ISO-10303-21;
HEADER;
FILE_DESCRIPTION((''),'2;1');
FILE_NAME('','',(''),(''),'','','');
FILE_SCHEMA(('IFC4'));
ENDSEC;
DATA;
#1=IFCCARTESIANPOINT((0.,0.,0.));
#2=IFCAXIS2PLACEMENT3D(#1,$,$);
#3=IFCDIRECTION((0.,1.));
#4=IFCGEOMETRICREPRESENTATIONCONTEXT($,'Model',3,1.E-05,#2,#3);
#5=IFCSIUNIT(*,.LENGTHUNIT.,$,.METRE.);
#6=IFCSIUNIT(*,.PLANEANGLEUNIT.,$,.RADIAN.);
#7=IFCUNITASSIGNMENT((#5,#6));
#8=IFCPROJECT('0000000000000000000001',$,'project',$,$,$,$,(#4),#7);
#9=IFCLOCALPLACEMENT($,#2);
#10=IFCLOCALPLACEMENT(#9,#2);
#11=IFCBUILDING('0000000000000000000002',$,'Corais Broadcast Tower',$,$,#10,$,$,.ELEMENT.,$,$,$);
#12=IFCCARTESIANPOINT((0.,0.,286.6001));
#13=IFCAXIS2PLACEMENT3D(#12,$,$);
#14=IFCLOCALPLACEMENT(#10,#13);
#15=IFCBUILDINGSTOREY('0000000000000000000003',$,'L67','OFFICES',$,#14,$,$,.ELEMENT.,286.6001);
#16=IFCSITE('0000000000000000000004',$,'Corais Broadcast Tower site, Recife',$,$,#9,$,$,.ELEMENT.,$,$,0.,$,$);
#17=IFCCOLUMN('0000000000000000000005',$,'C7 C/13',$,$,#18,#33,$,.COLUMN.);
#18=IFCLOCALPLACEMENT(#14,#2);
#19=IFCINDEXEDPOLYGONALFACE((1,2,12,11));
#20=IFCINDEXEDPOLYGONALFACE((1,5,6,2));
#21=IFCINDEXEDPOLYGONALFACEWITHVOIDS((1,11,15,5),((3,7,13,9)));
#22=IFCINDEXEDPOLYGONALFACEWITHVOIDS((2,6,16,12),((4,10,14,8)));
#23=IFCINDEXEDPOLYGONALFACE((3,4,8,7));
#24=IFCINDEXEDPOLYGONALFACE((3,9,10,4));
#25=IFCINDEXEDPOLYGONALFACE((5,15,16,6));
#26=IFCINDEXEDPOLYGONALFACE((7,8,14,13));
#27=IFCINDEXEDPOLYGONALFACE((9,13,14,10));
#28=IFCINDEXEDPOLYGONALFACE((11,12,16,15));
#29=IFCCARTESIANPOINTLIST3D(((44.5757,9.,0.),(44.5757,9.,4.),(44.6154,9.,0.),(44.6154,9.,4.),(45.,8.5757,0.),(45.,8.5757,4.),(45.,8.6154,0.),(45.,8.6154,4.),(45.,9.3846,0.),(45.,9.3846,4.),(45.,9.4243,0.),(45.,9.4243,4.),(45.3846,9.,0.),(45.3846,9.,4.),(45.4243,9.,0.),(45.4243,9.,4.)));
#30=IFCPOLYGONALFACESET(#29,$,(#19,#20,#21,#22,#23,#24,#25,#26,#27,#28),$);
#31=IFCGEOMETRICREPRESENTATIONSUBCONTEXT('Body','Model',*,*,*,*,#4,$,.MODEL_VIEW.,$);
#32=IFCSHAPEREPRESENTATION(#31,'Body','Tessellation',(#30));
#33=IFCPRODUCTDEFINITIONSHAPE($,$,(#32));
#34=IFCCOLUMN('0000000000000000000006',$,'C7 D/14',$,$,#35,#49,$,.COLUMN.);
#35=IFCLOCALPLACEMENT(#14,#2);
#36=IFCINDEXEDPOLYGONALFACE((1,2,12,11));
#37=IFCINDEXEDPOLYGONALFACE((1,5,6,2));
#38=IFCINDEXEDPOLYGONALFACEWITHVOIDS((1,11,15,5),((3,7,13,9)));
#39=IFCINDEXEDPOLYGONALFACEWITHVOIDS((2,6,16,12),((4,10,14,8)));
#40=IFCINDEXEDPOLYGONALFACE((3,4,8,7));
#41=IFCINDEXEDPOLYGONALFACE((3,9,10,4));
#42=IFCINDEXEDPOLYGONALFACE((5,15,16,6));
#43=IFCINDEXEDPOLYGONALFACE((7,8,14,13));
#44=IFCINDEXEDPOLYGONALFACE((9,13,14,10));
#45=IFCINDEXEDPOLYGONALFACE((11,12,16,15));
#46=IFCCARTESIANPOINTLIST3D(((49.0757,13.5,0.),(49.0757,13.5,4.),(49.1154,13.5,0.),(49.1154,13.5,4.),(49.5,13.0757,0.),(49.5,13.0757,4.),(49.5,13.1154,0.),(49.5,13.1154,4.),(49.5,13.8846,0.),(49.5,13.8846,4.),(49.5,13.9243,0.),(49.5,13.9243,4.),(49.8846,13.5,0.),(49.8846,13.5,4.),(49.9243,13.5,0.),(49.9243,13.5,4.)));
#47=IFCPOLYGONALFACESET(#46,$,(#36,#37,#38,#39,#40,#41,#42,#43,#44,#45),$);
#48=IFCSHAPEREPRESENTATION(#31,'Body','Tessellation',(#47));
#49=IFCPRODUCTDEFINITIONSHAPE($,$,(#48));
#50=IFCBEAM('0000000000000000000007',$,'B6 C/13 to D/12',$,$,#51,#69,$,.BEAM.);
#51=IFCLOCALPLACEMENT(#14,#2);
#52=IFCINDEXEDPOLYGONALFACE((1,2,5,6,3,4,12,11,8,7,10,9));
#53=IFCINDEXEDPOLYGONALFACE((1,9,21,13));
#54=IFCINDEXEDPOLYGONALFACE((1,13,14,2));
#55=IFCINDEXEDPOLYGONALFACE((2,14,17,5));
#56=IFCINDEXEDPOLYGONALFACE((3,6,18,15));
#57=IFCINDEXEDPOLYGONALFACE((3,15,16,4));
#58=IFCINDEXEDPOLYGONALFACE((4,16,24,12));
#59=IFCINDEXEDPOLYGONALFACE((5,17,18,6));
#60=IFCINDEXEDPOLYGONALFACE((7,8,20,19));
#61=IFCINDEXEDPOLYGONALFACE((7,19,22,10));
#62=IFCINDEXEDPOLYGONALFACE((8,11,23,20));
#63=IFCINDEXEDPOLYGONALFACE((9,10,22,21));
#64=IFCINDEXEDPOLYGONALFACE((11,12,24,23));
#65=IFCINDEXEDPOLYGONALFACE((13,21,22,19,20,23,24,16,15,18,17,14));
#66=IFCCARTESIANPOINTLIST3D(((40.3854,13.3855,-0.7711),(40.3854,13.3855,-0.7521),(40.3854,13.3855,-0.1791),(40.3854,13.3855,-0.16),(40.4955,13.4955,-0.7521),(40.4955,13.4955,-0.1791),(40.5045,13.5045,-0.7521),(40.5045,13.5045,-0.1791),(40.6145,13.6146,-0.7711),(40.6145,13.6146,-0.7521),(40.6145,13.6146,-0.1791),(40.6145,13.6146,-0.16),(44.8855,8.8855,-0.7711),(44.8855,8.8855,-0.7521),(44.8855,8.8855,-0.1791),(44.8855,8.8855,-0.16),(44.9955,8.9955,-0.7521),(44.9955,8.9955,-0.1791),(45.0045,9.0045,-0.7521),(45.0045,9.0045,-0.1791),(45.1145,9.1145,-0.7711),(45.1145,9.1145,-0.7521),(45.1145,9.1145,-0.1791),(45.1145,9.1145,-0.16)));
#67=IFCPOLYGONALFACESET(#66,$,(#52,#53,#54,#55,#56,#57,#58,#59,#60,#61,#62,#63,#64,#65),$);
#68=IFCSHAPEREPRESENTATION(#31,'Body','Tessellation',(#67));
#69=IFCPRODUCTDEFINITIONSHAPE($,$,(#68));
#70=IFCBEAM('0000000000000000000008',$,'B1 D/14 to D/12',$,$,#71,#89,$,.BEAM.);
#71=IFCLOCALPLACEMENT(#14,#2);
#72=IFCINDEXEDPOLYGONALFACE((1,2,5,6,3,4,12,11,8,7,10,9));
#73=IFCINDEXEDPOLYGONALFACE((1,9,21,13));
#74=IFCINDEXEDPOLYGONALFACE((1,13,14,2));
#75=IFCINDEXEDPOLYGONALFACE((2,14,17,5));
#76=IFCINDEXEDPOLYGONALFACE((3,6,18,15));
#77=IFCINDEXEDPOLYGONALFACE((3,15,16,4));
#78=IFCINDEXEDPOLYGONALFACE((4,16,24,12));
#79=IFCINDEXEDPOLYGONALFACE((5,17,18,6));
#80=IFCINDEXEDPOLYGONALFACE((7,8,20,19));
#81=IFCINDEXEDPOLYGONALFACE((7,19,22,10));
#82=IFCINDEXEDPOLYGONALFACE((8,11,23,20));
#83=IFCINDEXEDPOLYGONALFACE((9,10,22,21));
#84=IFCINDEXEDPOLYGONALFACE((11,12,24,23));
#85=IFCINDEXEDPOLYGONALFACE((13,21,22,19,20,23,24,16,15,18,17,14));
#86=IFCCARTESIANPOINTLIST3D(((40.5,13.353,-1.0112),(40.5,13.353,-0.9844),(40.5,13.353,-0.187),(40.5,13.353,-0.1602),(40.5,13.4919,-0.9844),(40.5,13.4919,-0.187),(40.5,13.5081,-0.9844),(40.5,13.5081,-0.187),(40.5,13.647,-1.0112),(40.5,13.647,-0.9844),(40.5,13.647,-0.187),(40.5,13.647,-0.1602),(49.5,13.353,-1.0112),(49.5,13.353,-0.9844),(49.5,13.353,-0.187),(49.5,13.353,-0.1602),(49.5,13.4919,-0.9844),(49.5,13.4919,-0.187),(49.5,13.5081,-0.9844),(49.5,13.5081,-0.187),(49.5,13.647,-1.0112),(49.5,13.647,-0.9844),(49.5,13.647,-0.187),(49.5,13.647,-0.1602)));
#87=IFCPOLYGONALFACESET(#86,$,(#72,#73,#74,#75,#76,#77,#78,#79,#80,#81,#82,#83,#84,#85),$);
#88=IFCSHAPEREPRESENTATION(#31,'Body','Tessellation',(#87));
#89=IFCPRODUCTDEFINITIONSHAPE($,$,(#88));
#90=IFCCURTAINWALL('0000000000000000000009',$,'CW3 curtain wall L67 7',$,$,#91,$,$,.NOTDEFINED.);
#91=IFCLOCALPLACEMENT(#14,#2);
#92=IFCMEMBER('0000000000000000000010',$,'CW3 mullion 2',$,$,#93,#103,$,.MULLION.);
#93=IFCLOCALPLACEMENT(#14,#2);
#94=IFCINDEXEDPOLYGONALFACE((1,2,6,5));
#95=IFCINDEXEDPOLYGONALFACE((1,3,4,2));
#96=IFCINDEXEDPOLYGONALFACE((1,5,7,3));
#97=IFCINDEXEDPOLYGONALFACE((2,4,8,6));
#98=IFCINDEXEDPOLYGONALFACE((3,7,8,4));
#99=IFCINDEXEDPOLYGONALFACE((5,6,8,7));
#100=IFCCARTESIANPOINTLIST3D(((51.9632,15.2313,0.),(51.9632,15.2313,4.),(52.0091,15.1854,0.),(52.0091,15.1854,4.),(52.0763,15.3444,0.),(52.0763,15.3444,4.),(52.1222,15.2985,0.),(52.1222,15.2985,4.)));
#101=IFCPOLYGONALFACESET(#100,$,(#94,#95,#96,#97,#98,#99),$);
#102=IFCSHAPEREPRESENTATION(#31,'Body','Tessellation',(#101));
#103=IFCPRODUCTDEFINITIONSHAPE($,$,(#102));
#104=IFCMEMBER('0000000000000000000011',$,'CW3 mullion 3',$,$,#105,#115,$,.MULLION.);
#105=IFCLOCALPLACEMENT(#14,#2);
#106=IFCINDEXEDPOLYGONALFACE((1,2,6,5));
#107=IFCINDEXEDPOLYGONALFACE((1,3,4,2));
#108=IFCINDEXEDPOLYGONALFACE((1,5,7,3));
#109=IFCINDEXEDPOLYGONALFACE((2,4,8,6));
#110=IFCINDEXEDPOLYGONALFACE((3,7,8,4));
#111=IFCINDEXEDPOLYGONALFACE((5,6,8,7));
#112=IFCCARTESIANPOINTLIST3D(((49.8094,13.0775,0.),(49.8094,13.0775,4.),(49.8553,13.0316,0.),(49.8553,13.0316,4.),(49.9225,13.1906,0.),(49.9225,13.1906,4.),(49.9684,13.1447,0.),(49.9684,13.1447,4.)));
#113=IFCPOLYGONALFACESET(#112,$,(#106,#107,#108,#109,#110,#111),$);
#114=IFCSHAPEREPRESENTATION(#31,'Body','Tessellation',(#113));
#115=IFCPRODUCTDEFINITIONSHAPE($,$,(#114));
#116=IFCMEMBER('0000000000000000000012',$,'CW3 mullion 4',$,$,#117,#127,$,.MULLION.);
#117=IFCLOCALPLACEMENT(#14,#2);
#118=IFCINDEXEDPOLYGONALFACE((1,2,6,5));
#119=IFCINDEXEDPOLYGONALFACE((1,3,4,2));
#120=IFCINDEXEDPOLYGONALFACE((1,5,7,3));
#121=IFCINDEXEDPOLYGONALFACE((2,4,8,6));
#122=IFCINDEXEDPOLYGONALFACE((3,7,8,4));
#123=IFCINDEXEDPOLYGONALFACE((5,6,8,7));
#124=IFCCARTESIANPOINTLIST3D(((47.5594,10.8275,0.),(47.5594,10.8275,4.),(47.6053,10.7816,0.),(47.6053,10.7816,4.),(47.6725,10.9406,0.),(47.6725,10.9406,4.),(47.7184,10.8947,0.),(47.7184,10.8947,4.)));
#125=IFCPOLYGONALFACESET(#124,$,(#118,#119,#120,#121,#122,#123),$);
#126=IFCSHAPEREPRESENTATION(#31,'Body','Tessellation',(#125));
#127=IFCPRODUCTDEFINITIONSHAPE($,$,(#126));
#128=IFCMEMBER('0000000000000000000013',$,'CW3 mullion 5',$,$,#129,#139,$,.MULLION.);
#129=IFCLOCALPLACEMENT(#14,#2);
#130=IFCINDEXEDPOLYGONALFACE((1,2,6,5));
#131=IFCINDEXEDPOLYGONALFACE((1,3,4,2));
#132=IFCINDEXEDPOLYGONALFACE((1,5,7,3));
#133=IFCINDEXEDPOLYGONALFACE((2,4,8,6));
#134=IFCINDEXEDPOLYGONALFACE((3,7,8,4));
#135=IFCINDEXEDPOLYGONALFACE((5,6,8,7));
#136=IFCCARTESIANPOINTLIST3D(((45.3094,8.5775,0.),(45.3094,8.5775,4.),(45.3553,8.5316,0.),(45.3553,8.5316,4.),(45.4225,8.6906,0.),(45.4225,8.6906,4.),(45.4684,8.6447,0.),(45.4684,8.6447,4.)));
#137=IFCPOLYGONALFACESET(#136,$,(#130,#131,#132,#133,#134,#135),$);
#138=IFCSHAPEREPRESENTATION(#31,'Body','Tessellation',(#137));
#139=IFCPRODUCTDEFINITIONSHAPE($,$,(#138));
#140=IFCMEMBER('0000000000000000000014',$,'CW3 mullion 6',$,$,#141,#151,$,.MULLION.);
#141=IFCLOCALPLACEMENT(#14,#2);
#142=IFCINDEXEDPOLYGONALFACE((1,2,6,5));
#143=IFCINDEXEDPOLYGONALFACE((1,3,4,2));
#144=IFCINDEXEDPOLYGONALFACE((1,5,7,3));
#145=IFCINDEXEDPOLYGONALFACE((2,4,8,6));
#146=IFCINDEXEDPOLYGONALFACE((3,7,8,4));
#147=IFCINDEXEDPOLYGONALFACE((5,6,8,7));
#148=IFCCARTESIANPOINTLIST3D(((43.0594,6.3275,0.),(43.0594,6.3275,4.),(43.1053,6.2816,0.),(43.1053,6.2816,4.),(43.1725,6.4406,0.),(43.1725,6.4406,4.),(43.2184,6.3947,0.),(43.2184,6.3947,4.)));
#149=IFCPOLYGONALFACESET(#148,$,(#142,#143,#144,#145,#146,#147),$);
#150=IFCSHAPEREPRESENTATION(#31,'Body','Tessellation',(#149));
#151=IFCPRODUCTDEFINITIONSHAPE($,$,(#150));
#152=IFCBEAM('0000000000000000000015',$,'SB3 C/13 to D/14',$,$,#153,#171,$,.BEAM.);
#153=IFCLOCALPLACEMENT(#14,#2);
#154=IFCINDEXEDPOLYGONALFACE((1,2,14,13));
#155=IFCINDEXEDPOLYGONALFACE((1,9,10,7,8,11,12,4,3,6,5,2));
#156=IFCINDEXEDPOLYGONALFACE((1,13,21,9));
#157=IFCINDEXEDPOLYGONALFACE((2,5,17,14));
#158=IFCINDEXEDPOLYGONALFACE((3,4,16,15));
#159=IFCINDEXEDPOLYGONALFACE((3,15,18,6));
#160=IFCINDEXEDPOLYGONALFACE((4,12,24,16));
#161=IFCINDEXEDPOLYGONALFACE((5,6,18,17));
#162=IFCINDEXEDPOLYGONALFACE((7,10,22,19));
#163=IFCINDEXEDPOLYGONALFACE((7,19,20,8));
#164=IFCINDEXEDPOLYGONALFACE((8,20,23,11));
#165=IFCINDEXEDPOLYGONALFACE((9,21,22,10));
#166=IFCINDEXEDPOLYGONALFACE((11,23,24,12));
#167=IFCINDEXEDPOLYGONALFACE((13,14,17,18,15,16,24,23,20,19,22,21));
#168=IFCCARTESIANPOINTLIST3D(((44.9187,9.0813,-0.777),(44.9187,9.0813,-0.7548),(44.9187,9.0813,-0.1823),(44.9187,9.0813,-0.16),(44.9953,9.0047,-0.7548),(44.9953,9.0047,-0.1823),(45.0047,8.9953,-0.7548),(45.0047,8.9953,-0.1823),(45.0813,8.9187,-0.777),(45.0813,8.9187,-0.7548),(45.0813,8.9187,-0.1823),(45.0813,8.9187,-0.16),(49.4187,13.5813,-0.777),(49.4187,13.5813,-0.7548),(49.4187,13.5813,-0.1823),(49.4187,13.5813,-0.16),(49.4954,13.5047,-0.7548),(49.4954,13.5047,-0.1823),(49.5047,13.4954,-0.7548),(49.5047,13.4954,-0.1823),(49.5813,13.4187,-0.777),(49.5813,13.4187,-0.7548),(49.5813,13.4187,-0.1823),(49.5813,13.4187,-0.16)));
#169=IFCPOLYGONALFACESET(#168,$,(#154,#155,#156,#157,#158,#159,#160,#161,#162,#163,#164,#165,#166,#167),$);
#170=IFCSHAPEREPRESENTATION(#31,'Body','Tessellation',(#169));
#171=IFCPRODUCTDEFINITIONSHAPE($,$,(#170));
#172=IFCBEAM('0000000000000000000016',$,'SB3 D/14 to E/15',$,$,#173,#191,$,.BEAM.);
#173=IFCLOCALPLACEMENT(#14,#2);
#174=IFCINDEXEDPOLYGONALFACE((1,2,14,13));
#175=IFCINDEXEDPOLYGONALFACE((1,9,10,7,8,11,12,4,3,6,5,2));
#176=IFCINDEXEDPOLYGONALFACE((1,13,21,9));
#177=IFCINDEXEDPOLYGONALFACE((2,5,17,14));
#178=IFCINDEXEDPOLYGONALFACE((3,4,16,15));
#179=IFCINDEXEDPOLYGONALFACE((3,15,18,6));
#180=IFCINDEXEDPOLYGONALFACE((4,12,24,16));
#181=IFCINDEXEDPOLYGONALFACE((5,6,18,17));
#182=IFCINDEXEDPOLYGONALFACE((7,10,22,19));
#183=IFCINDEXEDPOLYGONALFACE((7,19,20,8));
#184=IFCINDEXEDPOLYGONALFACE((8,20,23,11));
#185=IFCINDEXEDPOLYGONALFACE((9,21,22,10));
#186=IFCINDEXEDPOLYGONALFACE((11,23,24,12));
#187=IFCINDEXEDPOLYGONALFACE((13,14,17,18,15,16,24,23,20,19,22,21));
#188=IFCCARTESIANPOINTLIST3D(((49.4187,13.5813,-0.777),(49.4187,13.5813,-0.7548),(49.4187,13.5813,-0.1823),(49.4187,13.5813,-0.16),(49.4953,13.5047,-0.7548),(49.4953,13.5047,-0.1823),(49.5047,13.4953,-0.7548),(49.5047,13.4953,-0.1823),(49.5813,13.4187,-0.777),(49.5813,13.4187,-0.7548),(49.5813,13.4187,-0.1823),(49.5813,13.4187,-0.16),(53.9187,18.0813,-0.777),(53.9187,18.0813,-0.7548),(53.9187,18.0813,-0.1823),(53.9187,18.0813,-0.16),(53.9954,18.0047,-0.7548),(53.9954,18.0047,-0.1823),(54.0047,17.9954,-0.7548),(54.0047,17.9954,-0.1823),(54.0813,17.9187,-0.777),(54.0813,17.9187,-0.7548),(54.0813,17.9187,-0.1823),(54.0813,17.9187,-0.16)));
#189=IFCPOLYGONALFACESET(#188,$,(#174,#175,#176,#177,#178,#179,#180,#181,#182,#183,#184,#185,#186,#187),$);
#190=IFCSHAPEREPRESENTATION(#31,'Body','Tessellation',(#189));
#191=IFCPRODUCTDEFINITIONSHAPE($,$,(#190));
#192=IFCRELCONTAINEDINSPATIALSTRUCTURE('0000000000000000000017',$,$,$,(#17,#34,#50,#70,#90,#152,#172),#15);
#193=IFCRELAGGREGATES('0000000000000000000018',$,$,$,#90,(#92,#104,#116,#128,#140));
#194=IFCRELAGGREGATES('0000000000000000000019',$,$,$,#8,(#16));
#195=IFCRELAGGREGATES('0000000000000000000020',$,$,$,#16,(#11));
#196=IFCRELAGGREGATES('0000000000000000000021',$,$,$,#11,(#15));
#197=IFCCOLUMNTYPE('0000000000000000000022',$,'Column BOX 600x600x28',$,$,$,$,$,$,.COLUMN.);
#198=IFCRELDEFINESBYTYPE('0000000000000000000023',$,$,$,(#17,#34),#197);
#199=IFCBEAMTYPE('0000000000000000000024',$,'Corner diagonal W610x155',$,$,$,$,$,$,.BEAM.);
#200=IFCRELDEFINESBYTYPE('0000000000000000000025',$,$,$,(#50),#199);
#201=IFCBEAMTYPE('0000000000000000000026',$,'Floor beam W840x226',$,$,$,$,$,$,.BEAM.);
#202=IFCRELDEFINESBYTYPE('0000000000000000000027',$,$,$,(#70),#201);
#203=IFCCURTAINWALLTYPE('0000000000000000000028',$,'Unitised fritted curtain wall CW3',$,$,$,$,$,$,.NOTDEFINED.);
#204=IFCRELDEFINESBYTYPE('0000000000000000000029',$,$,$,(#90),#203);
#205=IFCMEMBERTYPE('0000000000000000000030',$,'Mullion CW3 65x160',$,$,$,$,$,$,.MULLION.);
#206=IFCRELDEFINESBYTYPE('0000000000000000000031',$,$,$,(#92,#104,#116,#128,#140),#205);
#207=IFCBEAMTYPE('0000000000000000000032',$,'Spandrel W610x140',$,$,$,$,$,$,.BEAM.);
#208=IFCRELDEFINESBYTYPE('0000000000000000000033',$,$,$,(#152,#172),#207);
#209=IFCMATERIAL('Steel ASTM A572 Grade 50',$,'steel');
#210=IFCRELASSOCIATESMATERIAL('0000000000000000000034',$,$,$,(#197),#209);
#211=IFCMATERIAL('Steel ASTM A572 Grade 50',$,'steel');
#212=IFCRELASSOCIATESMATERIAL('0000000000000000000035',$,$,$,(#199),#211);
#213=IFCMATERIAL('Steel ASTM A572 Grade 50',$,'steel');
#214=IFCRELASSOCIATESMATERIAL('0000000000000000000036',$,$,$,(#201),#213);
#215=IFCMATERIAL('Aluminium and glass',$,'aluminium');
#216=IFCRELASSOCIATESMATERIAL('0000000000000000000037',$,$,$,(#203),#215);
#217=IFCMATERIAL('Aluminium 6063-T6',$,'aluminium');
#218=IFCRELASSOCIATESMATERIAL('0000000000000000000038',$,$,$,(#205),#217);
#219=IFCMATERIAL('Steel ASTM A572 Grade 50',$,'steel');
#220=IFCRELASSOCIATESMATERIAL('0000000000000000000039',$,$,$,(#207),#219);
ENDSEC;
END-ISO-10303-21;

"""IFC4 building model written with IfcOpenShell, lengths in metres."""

from ifc_helpers import new_model, si_unit, direction, frame, origin, origin_2d, place, context, subcontext, project, spatial, rectangle, hollow_rectangle, i_section, extrude, material, material_profile, profile_set, type_object, element, aggregate, save


model = new_model("IFC4")

# Units and contexts
model_context = context("Model", 3, precision=1e-05, world=origin(), true_north=direction((0.0, 1.0)))
body_context = subcontext(model_context, "Body", "Model", "MODEL_VIEW")
ifc_project = project(units=[si_unit("LENGTHUNIT", "METRE"), si_unit("PLANEANGLEUNIT", "RADIAN")], contexts=[model_context])

# Site, building, storey
site_placement = place(None, origin())
site = spatial("IfcSite", under=ifc_project, at=site_placement, Name="Corais Broadcast Tower site, Recife", CompositionType="ELEMENT", RefElevation=0.0)
building_placement = place(site_placement, origin())
building = spatial("IfcBuilding", under=site, at=building_placement, Name="Corais Broadcast Tower", CompositionType="ELEMENT")
storey_placement = place(building_placement, frame((0.0, 0.0, 286.6001)))
storey = spatial("IfcBuildingStorey", under=building, at=storey_placement, Name="L67", Description="OFFICES", CompositionType="ELEMENT", Elevation=286.6001)

# Columns
ifc_material_1 = material(Name="Steel ASTM A572 Grade 50", Category="steel")
ifc_material_profile_1 = material_profile(ifc_material_1, hollow_rectangle(XDim=0.6001, YDim=0.6001, WallThickness=0.0281, at=origin_2d()), Name="BOX 600x600x28")
ifc_profile_set_1 = profile_set([ifc_material_profile_1], Name="Steel ASTM A572 Grade 50")
column_type = type_object("IfcColumnType", Name="Column BOX 600x600x28", PredefinedType="COLUMN", material=ifc_profile_set_1)
for number, where, z_axis, x_axis, name in (
    (1, (45.0, 9.0, 0.0), (0.0, 0.0, 1.0), (0.707107, 0.707107, 0.0), "C7 C/13"),
    (2, (49.5, 13.5, 0.0), (0.0, 0.0, 1.0), (0.707107, 0.707107, 0.0), "C7 D/14"),
):
    element("IfcColumn", number, at=place(storey_placement, frame(where, z_axis=z_axis, x_axis=x_axis)), inside=storey, type_object=column_type, Name=name, PredefinedType="COLUMN", context=body_context, shape_type="SweptSolid", body=[
        extrude(hollow_rectangle(XDim=0.6001, YDim=0.6001, WallThickness=0.0281, at=origin_2d()), origin(), (0.0, 0.0, 1.0), 4.0),
    ])

# Beams
ifc_material_2 = material(Name="Steel ASTM A572 Grade 50", Category="steel")
ifc_material_profile_2 = material_profile(ifc_material_2, i_section(OverallWidth=0.324, OverallDepth=0.6111, WebThickness=0.0127, FlangeThickness=0.019, at=origin_2d()), Name="W610x155")
ifc_profile_set_2 = profile_set([ifc_material_profile_2], Name="Steel ASTM A572 Grade 50")
beam_type_1 = type_object("IfcBeamType", Name="Corner diagonal W610x155", PredefinedType="BEAM", material=ifc_profile_set_2)
beam_1_placement = place(storey_placement, frame((45.0, 9.0, -0.4656), z_axis=(-0.707107, 0.707107, 0.0), x_axis=(-0.707107, -0.707107, 0.0)))
element("IfcBeam", 3, at=beam_1_placement, inside=storey, type_object=beam_type_1, Name="B6 C/13 to D/12", PredefinedType="BEAM", context=body_context, shape_type="SweptSolid", body=[
    extrude(i_section(OverallWidth=0.324, OverallDepth=0.6111, WebThickness=0.0127, FlangeThickness=0.019, at=origin_2d()), origin(), (0.0, 0.0, 1.0), 6.364),
])
ifc_material_3 = material(Name="Steel ASTM A572 Grade 50", Category="steel")
ifc_material_profile_3 = material_profile(ifc_material_3, i_section(OverallWidth=0.2939, OverallDepth=0.8511, WebThickness=0.0161, FlangeThickness=0.0269, at=origin_2d()), Name="W840x226")
ifc_profile_set_3 = profile_set([ifc_material_profile_3], Name="Steel ASTM A572 Grade 50")
beam_type_2 = type_object("IfcBeamType", Name="Floor beam W840x226", PredefinedType="BEAM", material=ifc_profile_set_3)
beam_2_placement = place(storey_placement, frame((49.5, 13.5, -0.5857), z_axis=(-1.0, 0.0, 0.0), x_axis=(0.0, -1.0, 0.0)))
element("IfcBeam", 4, at=beam_2_placement, inside=storey, type_object=beam_type_2, Name="B1 D/14 to D/12", PredefinedType="BEAM", context=body_context, shape_type="SweptSolid", body=[
    extrude(i_section(OverallWidth=0.2939, OverallDepth=0.8511, WebThickness=0.0161, FlangeThickness=0.0269, at=origin_2d()), origin(), (0.0, 0.0, 1.0), 9.0),
])

# Curtain wall, members
ifc_material_4 = material(Name="Aluminium and glass", Category="aluminium")
curtain_wall_type = type_object("IfcCurtainWallType", Name="Unitised fritted curtain wall CW3", PredefinedType="NOTDEFINED", material=ifc_material_4)
curtain_wall_placement = place(storey_placement, origin())
curtain_wall = element("IfcCurtainWall", 5, at=curtain_wall_placement, inside=storey, type_object=curtain_wall_type, Name="CW3 curtain wall L67 7", PredefinedType="NOTDEFINED")
ifc_material_5 = material(Name="Aluminium 6063-T6", Category="aluminium")
ifc_material_profile_4 = material_profile(ifc_material_5, rectangle(XDim=0.0649, YDim=0.1599, at=origin_2d()), Name="Mullion CW3 65x160")
ifc_profile_set_4 = profile_set([ifc_material_profile_4], Name="Aluminium 6063-T6")
member_type_1 = type_object("IfcMemberType", Name="Mullion CW3 65x160", PredefinedType="MULLION", material=ifc_profile_set_4)
member_1_placement = place(storey_placement, frame((52.0427, 15.2649, 0.0), z_axis=(0.0, 0.0, 1.0), x_axis=(0.707107, -0.707107, 0.0)))
member_1 = element("IfcMember", 6, at=member_1_placement, type_object=member_type_1, Name="CW3 mullion 2", PredefinedType="MULLION", context=body_context, shape_type="SweptSolid", body=[
    extrude(rectangle(XDim=0.0649, YDim=0.1599, at=origin_2d()), origin(), (0.0, 0.0, 1.0), 4.0),
])
member_2_placement = place(storey_placement, frame((49.8889, 13.1111, 0.0), z_axis=(0.0, 0.0, 1.0), x_axis=(0.707107, -0.707107, 0.0)))
member_2 = element("IfcMember", 7, at=member_2_placement, type_object=member_type_1, Name="CW3 mullion 3", PredefinedType="MULLION", context=body_context, shape_type="SweptSolid", body=[
    extrude(rectangle(XDim=0.0649, YDim=0.1599, at=origin_2d()), origin(), (0.0, 0.0, 1.0), 4.0),
])
member_3_placement = place(storey_placement, frame((47.6389, 10.8611, 0.0), z_axis=(0.0, 0.0, 1.0), x_axis=(0.707107, -0.707107, 0.0)))
member_3 = element("IfcMember", 8, at=member_3_placement, type_object=member_type_1, Name="CW3 mullion 4", PredefinedType="MULLION", context=body_context, shape_type="SweptSolid", body=[
    extrude(rectangle(XDim=0.0649, YDim=0.1599, at=origin_2d()), origin(), (0.0, 0.0, 1.0), 4.0),
])
member_4_placement = place(storey_placement, frame((45.3889, 8.6111, 0.0), z_axis=(0.0, 0.0, 1.0), x_axis=(0.707107, -0.707107, 0.0)))
member_4 = element("IfcMember", 9, at=member_4_placement, type_object=member_type_1, Name="CW3 mullion 5", PredefinedType="MULLION", context=body_context, shape_type="SweptSolid", body=[
    extrude(rectangle(XDim=0.0649, YDim=0.1599, at=origin_2d()), origin(), (0.0, 0.0, 1.0), 4.0),
])
member_5_placement = place(storey_placement, frame((43.1389, 6.3611, 0.0), z_axis=(0.0, 0.0, 1.0), x_axis=(0.707107, -0.707107, 0.0)))
member_5 = element("IfcMember", 10, at=member_5_placement, type_object=member_type_1, Name="CW3 mullion 6", PredefinedType="MULLION", context=body_context, shape_type="SweptSolid", body=[
    extrude(rectangle(XDim=0.0649, YDim=0.1599, at=origin_2d()), origin(), (0.0, 0.0, 1.0), 4.0),
])

# Beams
ifc_material_6 = material(Name="Steel ASTM A572 Grade 50", Category="steel")
ifc_material_profile_5 = material_profile(ifc_material_6, i_section(OverallWidth=0.23, OverallDepth=0.6169, WebThickness=0.0132, FlangeThickness=0.0222, at=origin_2d()), Name="W610x140")
ifc_profile_set_5 = profile_set([ifc_material_profile_5], Name="Steel ASTM A572 Grade 50")
beam_type_3 = type_object("IfcBeamType", Name="Spandrel W610x140", PredefinedType="BEAM", material=ifc_profile_set_5)
for number, where, z_axis, x_axis, name in (
    (11, (45.0, 9.0, -0.4685), (0.707107, 0.707107, 0.0), (-0.707107, 0.707107, 0.0), "SB3 C/13 to D/14"),
    (12, (49.5, 13.5, -0.4685), (0.707107, 0.707107, 0.0), (-0.707107, 0.707107, 0.0), "SB3 D/14 to E/15"),
):
    element("IfcBeam", number, at=place(storey_placement, frame(where, z_axis=z_axis, x_axis=x_axis)), inside=storey, type_object=beam_type_3, Name=name, PredefinedType="BEAM", context=body_context, shape_type="SweptSolid", body=[
        extrude(i_section(OverallWidth=0.23, OverallDepth=0.6169, WebThickness=0.0132, FlangeThickness=0.0222, at=origin_2d()), origin(), (0.0, 0.0, 1.0), 6.364),
    ])

aggregate(curtain_wall, [member_1, member_2, member_3, member_4, member_5])

save(model, "model.ifc")
